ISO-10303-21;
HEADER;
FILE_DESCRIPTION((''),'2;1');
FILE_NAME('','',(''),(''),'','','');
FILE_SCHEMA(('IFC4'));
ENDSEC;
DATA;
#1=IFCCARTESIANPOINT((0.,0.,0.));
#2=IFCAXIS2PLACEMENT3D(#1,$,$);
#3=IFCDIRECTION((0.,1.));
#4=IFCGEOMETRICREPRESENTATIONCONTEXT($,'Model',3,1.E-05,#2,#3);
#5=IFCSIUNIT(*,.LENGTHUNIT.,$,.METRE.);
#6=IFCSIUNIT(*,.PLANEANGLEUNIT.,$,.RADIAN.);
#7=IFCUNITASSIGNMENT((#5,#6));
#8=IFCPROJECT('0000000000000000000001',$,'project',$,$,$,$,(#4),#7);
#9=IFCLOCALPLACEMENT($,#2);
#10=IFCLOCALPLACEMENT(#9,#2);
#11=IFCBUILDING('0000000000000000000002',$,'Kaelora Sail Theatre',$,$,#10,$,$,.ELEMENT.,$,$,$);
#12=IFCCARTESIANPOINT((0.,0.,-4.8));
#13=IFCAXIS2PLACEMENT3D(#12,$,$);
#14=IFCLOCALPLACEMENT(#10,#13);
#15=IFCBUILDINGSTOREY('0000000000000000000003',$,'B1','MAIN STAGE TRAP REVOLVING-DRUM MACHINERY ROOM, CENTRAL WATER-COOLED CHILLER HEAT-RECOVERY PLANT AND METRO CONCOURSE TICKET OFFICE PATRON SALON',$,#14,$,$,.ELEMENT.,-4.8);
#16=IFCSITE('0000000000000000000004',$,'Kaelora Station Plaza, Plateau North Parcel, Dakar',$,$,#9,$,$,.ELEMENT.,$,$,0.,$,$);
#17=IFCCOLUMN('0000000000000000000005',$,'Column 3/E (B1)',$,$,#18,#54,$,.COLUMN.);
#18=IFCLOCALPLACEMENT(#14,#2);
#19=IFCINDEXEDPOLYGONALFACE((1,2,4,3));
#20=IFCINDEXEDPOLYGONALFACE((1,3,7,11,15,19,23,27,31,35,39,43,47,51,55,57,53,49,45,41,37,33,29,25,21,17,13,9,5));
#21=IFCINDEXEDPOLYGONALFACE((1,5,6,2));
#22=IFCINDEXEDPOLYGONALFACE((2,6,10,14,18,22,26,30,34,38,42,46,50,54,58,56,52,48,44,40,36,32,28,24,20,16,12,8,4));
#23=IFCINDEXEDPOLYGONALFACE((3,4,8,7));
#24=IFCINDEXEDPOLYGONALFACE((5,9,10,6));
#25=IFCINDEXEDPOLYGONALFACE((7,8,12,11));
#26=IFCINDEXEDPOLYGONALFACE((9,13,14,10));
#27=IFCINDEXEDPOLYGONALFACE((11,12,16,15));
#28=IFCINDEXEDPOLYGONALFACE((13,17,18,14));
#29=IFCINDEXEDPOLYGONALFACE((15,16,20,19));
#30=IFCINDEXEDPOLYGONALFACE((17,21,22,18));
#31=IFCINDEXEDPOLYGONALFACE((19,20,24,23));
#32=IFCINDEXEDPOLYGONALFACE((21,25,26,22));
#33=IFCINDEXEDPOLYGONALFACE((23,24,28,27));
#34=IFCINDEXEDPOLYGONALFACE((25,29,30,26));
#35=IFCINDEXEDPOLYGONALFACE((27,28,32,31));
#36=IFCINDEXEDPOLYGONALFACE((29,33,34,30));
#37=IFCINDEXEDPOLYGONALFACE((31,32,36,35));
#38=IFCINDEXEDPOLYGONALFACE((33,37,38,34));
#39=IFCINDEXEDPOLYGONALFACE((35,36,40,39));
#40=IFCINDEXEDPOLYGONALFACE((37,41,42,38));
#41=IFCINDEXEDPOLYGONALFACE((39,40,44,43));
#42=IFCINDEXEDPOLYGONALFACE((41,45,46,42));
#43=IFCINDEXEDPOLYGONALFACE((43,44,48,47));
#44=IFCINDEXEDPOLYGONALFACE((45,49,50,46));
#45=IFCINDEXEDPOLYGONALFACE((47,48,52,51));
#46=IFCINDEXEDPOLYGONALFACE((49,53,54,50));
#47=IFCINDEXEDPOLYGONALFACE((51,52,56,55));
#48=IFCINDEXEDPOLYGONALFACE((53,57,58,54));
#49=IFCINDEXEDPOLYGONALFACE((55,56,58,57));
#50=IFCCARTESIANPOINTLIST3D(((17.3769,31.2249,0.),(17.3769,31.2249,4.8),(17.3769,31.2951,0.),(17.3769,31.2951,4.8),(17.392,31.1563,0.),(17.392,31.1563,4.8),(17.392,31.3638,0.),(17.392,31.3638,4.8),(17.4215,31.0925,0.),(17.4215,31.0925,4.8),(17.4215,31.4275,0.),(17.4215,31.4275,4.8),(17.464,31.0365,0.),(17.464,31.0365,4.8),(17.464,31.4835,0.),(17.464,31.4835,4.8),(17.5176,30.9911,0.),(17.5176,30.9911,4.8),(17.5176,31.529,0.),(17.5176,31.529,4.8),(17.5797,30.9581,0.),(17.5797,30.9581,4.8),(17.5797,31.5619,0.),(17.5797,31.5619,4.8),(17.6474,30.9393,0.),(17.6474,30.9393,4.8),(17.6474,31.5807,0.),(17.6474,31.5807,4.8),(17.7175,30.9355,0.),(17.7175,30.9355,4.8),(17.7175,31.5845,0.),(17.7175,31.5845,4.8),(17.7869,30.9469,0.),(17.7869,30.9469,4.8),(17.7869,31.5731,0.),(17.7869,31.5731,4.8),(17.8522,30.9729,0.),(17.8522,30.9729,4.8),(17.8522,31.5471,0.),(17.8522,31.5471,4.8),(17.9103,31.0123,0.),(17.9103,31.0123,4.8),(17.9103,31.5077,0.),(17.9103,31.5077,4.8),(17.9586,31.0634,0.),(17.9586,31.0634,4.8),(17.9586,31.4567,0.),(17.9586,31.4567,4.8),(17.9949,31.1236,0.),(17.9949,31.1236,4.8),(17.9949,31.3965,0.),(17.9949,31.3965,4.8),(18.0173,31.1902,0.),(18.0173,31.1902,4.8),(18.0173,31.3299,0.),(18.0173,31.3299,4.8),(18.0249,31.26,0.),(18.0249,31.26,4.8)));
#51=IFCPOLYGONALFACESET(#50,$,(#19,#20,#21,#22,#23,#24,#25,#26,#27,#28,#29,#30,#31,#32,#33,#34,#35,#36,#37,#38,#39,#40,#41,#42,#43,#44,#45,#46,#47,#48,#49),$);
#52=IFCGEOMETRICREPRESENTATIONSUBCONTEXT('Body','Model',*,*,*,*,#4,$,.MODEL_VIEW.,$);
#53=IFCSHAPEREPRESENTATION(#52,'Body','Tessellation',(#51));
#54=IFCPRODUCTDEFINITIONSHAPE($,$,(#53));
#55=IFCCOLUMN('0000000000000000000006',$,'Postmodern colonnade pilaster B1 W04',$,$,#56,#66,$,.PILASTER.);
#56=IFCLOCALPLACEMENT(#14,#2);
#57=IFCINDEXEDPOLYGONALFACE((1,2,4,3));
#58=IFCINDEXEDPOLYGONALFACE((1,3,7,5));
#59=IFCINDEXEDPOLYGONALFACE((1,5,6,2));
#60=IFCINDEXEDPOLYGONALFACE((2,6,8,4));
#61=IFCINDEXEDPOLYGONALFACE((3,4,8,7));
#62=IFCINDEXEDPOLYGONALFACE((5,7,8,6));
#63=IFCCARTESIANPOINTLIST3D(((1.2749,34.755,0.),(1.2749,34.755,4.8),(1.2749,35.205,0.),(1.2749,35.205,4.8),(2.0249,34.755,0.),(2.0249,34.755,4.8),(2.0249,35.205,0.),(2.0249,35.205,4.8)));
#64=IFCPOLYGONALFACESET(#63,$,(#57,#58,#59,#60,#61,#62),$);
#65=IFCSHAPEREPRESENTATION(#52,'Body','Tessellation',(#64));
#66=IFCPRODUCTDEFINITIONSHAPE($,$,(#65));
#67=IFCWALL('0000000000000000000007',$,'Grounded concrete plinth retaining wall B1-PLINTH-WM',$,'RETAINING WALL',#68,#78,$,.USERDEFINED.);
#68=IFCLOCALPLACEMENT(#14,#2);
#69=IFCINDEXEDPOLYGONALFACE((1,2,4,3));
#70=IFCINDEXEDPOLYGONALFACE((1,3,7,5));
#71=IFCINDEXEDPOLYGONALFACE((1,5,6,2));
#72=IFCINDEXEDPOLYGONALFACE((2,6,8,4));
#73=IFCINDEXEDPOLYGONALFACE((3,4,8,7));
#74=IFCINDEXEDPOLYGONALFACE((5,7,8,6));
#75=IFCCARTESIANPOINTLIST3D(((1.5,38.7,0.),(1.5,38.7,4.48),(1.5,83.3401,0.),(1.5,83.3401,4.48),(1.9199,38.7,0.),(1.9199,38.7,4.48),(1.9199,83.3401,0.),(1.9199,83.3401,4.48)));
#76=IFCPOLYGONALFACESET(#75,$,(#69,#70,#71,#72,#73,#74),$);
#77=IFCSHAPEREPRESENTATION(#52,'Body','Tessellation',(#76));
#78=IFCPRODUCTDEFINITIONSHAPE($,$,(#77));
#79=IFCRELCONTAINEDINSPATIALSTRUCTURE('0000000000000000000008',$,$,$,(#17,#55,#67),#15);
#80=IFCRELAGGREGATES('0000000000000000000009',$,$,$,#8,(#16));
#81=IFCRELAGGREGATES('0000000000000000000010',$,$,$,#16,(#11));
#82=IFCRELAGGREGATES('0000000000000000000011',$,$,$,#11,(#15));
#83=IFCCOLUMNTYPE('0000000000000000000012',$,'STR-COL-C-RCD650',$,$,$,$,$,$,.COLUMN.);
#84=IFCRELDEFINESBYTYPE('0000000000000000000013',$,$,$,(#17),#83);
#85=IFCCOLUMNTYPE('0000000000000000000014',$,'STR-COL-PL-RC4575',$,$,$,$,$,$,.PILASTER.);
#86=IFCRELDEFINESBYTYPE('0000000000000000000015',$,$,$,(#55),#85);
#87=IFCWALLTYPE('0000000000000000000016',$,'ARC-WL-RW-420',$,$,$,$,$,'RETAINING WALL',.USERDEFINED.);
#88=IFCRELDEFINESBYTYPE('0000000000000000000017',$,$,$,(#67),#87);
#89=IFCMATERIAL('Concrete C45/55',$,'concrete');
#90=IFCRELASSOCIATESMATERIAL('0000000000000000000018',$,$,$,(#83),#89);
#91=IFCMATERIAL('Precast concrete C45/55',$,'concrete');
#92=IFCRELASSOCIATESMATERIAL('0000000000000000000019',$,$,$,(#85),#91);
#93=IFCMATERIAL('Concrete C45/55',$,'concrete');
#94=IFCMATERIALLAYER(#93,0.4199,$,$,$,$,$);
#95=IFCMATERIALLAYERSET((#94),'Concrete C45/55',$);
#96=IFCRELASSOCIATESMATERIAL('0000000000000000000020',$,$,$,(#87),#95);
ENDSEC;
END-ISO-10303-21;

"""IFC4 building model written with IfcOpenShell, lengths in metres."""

from ifc_helpers import new_model, si_unit, direction, frame, frame_2d, origin, origin_2d, place, context, subcontext, project, spatial, rectangle, circle, extrude, material, layer, layer_set, material_profile, profile_set, type_object, element, save


model = new_model("IFC4")

# Units and contexts
model_context = context("Model", 3, precision=1e-05, world=origin(), true_north=direction((0.0, 1.0)))
body_context = subcontext(model_context, "Body", "Model", "MODEL_VIEW")
ifc_project = project(units=[si_unit("LENGTHUNIT", "METRE"), si_unit("PLANEANGLEUNIT", "RADIAN")], contexts=[model_context])

# Site, building, storey
site_placement = place(None, origin())
site = spatial("IfcSite", under=ifc_project, at=site_placement, Name="Kaelora Station Plaza, Plateau North Parcel, Dakar", CompositionType="ELEMENT", RefElevation=0.0)
building_placement = place(site_placement, origin())
building = spatial("IfcBuilding", under=site, at=building_placement, Name="Kaelora Sail Theatre", CompositionType="ELEMENT")
storey_placement = place(building_placement, frame((0.0, 0.0, -4.8)))
storey = spatial("IfcBuildingStorey", under=building, at=storey_placement, Name="B1", Description="MAIN STAGE TRAP REVOLVING-DRUM MACHINERY ROOM, CENTRAL WATER-COOLED CHILLER HEAT-RECOVERY PLANT AND METRO CONCOURSE TICKET OFFICE PATRON SALON", CompositionType="ELEMENT", Elevation=-4.8)

# Columns
ifc_material_1 = material(Name="Concrete C45/55", Category="concrete")
ifc_material_profile_1 = material_profile(ifc_material_1, circle(Radius=0.325, at=origin_2d()), Name="RC-CCOL D650")
ifc_profile_set_1 = profile_set([ifc_material_profile_1], Name="Concrete C45/55")
column_type_1 = type_object("IfcColumnType", Name="STR-COL-C-RCD650", PredefinedType="COLUMN", material=ifc_profile_set_1)
for number, where, z_axis, x_axis, name in (
    (1, (17.7, 31.26, 0.0), (0.0, 0.0, 1.0), (1.0, 0.0, 0.0), "Column 3/E (B1)"),
):
    element("IfcColumn", number, at=place(storey_placement, frame(where, z_axis=z_axis, x_axis=x_axis)), inside=storey, type_object=column_type_1, Name=name, PredefinedType="COLUMN", context=body_context, shape_type="SweptSolid", body=[
        extrude(circle(Radius=0.325, at=origin_2d()), origin(), (0.0, 0.0, 1.0), 4.8),
    ])
ifc_material_2 = material(Name="Precast concrete C45/55", Category="concrete")
ifc_material_profile_2 = material_profile(ifc_material_2, rectangle(XDim=0.45, YDim=0.75, at=origin_2d()), Name="RC-PIL 450x750")
ifc_profile_set_2 = profile_set([ifc_material_profile_2], Name="Precast concrete C45/55")
column_type_2 = type_object("IfcColumnType", Name="STR-COL-PL-RC4575", PredefinedType="PILASTER", material=ifc_profile_set_2)
column_1_placement = place(storey_placement, frame((1.6499, 34.98, 0.0), z_axis=(0.0, 0.0, 1.0), x_axis=(0.0, 1.0, 0.0)))
element("IfcColumn", 2, at=column_1_placement, inside=storey, type_object=column_type_2, Name="Postmodern colonnade pilaster B1 W04", PredefinedType="PILASTER", context=body_context, shape_type="SweptSolid", body=[
    extrude(rectangle(XDim=0.45, YDim=0.75, at=origin_2d()), origin(), (0.0, 0.0, 1.0), 4.8),
])

# Wall
ifc_material_3 = material(Name="Concrete C45/55", Category="concrete")
ifc_layer = layer(ifc_material_3, 0.4199)
ifc_layer_set = layer_set([ifc_layer], Name="Concrete C45/55")
wall_type = type_object("IfcWallType", Name="ARC-WL-RW-420", ElementType="RETAINING WALL", PredefinedType="USERDEFINED", material=ifc_layer_set)
wall_placement = place(storey_placement, frame((1.71, 38.7, 0.0), z_axis=(0.0, 0.0, 1.0), x_axis=(0.0, 1.0, 0.0)))
element("IfcWall", 3, at=wall_placement, inside=storey, type_object=wall_type, Name="Grounded concrete plinth retaining wall B1-PLINTH-WM", ObjectType="RETAINING WALL", PredefinedType="USERDEFINED", context=body_context, shape_type="SweptSolid", body=[
    extrude(rectangle(XDim=44.6401, YDim=0.4199, at=frame_2d((22.3201, 0.0))), origin(), (0.0, 0.0, 1.0), 4.48),
])

save(model, "model.ifc")
